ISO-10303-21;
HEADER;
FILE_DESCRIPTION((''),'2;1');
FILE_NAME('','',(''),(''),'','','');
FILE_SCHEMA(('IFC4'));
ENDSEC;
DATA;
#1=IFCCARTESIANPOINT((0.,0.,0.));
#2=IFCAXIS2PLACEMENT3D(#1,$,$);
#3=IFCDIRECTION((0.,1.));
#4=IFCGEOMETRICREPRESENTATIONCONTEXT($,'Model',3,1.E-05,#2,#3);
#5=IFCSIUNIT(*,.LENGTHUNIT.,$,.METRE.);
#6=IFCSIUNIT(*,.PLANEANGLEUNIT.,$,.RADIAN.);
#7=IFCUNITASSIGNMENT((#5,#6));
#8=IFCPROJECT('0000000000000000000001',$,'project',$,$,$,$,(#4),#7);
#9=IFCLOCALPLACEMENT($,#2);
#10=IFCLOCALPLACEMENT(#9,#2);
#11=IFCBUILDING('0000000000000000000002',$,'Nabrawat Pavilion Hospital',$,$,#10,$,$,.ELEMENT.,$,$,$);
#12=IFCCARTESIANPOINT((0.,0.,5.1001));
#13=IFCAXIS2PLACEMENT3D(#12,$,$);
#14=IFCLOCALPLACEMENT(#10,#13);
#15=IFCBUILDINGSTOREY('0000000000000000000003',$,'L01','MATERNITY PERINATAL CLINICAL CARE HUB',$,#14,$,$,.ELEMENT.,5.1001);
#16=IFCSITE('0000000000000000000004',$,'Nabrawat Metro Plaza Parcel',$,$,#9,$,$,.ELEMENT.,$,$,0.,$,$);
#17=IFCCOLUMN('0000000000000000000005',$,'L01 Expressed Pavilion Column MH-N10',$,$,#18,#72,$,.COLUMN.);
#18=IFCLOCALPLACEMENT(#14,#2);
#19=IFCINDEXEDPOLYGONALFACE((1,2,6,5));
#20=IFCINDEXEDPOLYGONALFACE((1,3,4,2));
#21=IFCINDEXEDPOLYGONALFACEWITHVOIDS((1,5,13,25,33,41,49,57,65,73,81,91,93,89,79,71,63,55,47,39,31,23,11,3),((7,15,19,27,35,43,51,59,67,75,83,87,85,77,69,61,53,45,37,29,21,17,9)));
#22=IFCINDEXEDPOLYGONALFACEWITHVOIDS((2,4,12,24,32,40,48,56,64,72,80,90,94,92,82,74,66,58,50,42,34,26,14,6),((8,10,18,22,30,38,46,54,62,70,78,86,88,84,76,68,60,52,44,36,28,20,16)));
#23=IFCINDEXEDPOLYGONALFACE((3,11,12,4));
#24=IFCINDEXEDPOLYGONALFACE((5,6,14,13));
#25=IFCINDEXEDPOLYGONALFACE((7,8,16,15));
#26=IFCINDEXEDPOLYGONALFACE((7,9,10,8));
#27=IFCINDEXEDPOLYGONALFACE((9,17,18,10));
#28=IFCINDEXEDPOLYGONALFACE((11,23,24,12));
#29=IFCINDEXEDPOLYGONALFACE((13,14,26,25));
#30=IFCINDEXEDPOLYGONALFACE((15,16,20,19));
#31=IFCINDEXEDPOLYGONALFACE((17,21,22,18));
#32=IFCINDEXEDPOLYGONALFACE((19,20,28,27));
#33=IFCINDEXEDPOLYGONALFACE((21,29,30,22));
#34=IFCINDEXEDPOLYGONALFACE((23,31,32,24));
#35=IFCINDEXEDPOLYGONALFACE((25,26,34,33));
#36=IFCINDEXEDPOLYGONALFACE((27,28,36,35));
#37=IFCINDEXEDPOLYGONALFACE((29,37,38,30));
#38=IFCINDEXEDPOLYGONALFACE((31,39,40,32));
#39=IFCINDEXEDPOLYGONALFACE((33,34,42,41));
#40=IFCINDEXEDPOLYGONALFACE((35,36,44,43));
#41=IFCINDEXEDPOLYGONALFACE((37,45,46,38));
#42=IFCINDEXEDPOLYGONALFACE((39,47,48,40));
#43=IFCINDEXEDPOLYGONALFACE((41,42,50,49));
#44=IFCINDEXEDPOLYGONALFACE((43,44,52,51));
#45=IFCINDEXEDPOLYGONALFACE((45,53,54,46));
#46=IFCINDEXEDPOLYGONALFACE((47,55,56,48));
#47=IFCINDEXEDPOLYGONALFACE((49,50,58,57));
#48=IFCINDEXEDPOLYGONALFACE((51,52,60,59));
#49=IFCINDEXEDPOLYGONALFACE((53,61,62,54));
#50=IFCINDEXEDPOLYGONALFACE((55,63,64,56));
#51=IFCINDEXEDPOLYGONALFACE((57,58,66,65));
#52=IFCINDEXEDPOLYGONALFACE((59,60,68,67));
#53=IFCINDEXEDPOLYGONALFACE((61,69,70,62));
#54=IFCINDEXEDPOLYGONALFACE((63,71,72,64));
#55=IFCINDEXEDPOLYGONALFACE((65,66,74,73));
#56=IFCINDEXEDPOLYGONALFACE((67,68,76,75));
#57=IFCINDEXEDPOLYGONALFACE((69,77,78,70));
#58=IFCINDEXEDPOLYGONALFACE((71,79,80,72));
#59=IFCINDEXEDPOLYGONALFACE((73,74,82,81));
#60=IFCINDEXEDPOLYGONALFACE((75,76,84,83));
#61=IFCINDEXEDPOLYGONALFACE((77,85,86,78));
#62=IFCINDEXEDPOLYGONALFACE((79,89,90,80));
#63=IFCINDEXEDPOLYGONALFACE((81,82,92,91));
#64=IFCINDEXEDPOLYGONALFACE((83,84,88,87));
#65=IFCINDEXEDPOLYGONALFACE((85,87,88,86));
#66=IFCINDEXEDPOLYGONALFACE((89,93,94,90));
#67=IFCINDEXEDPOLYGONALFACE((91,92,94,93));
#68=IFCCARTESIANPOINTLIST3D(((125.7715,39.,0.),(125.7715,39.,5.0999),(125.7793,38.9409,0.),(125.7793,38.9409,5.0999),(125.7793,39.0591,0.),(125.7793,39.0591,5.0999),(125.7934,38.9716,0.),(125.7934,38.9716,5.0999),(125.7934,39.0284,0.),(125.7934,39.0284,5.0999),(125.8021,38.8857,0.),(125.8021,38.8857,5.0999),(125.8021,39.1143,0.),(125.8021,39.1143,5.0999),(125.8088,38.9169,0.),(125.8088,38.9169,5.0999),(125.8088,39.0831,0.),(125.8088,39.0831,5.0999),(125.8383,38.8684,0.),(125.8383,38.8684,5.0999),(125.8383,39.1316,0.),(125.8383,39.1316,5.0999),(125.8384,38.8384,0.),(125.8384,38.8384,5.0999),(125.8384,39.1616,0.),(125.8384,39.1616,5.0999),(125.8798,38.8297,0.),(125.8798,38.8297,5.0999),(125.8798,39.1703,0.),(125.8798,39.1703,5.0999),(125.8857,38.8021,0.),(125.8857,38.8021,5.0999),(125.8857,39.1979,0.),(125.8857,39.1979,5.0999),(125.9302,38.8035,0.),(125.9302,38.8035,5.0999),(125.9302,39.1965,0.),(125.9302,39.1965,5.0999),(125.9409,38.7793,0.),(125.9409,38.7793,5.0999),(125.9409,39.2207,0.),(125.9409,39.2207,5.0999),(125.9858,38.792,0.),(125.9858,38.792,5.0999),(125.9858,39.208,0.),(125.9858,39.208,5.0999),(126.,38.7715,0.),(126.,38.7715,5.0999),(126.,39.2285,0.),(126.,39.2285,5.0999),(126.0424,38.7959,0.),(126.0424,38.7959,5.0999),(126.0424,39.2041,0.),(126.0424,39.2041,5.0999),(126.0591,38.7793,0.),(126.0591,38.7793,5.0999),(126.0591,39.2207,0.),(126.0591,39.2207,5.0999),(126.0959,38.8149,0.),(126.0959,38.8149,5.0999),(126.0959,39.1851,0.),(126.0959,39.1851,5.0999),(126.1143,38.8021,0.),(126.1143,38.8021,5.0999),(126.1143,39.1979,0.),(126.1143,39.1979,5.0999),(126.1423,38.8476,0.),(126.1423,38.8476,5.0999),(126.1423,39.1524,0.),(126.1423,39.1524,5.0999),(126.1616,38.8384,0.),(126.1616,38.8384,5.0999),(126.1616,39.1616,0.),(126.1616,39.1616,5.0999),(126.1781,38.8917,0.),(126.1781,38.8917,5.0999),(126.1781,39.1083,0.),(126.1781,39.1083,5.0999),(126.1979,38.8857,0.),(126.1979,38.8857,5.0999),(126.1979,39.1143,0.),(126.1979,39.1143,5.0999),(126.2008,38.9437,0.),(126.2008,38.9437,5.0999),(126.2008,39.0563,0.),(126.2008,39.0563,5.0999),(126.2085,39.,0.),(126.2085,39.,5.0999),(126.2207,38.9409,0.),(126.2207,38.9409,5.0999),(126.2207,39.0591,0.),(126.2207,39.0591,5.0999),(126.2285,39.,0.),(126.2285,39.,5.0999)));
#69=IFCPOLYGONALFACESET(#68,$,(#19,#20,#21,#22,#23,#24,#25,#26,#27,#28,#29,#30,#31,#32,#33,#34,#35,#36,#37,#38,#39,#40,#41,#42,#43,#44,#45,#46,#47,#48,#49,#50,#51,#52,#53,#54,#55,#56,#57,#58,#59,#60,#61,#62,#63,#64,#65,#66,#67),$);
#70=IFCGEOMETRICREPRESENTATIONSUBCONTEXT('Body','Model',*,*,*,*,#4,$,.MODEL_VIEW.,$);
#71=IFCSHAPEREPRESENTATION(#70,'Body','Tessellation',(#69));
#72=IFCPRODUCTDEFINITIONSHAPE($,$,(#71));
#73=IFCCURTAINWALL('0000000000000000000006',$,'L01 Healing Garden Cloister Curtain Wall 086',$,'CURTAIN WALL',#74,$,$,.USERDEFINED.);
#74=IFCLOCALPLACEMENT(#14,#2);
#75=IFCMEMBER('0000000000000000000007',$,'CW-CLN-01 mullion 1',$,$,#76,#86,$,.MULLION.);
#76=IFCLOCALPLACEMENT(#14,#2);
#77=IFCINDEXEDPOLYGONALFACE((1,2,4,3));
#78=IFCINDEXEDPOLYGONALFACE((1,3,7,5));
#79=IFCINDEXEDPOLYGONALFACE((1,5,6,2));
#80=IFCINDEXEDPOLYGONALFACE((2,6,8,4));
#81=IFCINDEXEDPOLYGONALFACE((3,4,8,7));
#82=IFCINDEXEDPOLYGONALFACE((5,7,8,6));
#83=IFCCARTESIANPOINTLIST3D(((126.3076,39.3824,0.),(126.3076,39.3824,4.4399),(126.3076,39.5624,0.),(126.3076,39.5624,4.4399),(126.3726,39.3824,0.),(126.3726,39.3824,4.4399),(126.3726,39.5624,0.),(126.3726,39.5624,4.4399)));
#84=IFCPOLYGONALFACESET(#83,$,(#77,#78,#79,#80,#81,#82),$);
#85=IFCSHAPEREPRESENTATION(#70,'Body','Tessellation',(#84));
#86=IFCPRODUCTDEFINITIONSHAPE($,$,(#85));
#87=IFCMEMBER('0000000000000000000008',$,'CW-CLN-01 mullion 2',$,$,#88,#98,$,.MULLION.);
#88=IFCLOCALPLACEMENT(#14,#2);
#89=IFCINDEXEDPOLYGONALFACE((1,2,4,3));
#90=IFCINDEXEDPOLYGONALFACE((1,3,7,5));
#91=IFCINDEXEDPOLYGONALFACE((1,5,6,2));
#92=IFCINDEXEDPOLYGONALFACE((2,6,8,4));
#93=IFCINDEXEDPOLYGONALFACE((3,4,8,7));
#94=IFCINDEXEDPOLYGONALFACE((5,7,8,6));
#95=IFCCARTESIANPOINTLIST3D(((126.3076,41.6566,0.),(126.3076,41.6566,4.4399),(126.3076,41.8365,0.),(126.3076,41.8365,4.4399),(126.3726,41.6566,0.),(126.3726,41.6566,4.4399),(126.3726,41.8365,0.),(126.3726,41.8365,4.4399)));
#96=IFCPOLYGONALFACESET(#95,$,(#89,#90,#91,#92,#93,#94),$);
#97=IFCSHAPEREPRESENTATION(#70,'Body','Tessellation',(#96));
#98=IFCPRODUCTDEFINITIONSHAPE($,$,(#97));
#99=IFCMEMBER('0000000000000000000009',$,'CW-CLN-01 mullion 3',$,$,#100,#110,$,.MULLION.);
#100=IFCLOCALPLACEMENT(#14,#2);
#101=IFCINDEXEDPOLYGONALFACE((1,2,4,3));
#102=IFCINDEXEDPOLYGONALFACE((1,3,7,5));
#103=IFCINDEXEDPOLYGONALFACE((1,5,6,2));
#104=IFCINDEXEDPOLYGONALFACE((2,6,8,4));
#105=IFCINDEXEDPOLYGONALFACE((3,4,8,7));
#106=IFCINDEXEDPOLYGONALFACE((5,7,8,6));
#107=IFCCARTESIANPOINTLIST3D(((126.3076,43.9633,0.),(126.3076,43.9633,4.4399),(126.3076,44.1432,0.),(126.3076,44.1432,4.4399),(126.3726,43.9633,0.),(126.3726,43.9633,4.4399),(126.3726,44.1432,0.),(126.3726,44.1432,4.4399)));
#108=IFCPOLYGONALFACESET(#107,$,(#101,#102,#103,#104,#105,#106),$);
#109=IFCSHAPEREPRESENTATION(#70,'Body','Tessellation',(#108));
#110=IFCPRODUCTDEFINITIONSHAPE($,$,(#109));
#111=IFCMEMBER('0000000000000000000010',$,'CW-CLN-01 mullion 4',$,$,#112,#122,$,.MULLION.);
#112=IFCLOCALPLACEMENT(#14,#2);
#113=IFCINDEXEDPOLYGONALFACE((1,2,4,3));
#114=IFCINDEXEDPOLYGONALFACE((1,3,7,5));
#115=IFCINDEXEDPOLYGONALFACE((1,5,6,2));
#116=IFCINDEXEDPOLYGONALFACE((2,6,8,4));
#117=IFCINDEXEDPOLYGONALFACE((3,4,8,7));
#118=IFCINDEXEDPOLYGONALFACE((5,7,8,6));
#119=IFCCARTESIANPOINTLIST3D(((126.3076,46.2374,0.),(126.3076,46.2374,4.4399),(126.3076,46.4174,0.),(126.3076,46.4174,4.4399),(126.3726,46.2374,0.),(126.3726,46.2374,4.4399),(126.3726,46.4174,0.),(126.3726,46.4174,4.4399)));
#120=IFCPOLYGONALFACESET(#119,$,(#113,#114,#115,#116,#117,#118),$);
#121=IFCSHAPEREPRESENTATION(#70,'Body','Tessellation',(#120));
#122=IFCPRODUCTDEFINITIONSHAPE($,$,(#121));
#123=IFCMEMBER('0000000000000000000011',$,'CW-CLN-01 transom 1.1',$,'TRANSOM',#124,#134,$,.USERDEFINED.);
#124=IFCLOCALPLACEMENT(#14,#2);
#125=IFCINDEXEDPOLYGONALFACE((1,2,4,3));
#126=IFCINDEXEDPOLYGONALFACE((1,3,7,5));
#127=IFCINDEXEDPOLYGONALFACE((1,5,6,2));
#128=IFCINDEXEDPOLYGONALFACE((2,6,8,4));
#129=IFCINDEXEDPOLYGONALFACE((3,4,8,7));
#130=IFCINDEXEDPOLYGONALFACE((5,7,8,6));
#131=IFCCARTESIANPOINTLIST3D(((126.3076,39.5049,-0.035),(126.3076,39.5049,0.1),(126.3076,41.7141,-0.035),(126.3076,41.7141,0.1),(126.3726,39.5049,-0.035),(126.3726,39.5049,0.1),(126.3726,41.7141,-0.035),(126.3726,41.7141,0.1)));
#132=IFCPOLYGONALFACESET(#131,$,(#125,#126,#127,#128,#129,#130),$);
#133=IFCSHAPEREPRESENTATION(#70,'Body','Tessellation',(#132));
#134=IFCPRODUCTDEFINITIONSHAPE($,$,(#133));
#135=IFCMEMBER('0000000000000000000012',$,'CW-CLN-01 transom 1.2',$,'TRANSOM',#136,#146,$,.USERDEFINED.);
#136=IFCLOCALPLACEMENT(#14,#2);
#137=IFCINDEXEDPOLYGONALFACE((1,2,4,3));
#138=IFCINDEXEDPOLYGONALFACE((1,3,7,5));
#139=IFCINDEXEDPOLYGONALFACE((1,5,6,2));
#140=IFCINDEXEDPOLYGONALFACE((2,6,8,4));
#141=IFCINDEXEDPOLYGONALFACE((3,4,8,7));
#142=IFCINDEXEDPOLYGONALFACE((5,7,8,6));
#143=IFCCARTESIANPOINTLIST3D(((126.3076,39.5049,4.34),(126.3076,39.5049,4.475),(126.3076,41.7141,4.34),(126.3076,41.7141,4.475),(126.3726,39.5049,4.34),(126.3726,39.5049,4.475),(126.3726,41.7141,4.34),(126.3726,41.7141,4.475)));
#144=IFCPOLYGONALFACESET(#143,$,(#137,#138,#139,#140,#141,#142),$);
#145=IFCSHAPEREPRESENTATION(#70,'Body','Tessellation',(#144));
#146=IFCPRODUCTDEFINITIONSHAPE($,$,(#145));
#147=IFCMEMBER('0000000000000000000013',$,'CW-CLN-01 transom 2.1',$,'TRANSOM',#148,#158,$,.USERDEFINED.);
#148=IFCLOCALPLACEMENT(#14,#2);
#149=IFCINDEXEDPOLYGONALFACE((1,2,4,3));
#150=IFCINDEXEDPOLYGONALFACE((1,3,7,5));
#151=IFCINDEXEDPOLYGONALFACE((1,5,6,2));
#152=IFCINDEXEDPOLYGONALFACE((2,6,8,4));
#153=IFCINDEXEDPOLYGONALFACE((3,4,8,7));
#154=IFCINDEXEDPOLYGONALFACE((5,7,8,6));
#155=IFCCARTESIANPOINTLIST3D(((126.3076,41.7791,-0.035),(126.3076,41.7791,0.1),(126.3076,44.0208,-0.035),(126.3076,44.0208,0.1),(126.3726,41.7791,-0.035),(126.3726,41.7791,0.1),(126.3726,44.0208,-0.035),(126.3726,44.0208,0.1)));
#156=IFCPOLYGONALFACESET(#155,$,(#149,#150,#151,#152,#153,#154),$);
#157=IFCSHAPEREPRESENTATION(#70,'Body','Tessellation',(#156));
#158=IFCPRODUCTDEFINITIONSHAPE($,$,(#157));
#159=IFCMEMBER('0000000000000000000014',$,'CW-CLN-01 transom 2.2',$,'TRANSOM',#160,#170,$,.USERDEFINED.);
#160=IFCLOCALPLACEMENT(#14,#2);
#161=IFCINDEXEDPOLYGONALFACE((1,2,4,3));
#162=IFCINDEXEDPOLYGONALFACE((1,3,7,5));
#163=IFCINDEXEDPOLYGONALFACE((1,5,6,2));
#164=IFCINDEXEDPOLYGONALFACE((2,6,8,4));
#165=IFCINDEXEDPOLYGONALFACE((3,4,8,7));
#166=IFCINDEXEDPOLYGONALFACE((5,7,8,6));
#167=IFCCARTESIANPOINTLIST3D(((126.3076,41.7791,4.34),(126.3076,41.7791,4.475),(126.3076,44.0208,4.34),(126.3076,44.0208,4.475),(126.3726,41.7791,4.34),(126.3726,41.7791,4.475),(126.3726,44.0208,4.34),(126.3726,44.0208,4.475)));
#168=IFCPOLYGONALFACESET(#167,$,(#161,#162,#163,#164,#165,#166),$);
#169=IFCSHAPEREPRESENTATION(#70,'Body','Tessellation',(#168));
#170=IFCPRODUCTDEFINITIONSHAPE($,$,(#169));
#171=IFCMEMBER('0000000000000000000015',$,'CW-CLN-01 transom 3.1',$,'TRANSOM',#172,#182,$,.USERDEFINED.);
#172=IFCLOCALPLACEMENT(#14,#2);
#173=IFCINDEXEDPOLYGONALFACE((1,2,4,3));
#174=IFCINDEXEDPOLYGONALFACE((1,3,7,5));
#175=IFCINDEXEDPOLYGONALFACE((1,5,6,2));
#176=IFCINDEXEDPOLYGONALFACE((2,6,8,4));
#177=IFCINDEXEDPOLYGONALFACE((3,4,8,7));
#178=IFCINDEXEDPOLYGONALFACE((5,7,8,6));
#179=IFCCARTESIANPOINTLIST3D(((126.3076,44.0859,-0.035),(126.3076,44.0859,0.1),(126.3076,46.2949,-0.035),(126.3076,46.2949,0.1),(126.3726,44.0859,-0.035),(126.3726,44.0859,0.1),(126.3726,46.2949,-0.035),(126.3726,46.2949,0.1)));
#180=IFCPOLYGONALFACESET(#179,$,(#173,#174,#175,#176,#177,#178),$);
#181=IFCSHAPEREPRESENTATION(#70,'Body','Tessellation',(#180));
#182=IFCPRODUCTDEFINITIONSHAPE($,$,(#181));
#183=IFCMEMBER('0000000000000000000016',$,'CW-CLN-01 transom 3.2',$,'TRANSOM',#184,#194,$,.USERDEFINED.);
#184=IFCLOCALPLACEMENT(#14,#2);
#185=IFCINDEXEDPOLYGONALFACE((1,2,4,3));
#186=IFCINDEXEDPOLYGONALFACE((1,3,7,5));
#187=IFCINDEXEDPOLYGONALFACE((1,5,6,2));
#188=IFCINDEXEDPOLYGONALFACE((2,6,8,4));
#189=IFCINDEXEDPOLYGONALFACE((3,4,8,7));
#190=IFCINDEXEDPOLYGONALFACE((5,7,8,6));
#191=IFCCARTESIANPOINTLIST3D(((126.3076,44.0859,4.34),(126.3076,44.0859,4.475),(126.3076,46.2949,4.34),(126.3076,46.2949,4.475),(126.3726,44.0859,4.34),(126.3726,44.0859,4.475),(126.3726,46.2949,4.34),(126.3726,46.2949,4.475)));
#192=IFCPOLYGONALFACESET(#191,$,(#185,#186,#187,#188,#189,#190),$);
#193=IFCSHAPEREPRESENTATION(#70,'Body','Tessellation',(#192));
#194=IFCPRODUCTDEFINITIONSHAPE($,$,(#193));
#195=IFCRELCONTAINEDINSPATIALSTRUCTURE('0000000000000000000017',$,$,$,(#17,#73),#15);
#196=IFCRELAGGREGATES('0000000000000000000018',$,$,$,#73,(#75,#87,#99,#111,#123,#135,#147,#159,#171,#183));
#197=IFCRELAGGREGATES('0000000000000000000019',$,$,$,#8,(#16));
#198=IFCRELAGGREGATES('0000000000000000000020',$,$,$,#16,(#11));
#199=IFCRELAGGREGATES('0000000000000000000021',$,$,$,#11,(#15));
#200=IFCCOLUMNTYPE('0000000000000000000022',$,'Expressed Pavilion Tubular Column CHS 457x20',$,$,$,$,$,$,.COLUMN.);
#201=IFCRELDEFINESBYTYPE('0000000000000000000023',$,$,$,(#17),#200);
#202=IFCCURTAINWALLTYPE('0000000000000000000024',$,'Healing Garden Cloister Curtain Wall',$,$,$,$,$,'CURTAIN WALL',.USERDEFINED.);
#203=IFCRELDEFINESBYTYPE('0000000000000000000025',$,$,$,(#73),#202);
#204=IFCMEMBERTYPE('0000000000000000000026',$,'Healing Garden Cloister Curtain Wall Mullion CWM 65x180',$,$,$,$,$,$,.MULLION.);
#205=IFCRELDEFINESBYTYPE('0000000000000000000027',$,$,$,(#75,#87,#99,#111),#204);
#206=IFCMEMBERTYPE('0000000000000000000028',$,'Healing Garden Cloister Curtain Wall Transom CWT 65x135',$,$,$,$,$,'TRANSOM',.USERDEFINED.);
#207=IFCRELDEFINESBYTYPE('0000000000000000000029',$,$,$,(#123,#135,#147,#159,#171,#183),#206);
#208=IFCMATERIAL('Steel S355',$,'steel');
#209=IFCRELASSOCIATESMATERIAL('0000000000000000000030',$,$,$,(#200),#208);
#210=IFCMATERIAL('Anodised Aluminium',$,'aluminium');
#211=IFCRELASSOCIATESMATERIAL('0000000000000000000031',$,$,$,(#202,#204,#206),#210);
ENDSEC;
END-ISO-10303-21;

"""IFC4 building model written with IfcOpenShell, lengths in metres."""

from ifc_helpers import new_model, si_unit, direction, frame, origin, origin_2d, place, context, subcontext, project, spatial, rectangle, hollow_circle, extrude, material, material_profile, profile_set, type_object, element, aggregate, save


model = new_model("IFC4")

# Units and contexts
model_context = context("Model", 3, precision=1e-05, world=origin(), true_north=direction((0.0, 1.0)))
body_context = subcontext(model_context, "Body", "Model", "MODEL_VIEW")
ifc_project = project(units=[si_unit("LENGTHUNIT", "METRE"), si_unit("PLANEANGLEUNIT", "RADIAN")], contexts=[model_context])

# Site, building, storey
site_placement = place(None, origin())
site = spatial("IfcSite", under=ifc_project, at=site_placement, Name="Nabrawat Metro Plaza Parcel", CompositionType="ELEMENT", RefElevation=0.0)
building_placement = place(site_placement, origin())
building = spatial("IfcBuilding", under=site, at=building_placement, Name="Nabrawat Pavilion Hospital", CompositionType="ELEMENT")
storey_placement = place(building_placement, frame((0.0, 0.0, 5.1001)))
storey = spatial("IfcBuildingStorey", under=building, at=storey_placement, Name="L01", Description="MATERNITY PERINATAL CLINICAL CARE HUB", CompositionType="ELEMENT", Elevation=5.1001)

# Column
ifc_material_1 = material(Name="Steel S355", Category="steel")
ifc_material_profile_1 = material_profile(ifc_material_1, hollow_circle(Radius=0.2285, WallThickness=0.02, at=origin_2d()), Name="CHS 457x20")
ifc_profile_set_1 = profile_set([ifc_material_profile_1], Name="Steel S355")
column_type_1 = type_object("IfcColumnType", Name="Expressed Pavilion Tubular Column CHS 457x20", PredefinedType="COLUMN", material=ifc_profile_set_1)
for number, where, z_axis, x_axis, name in (
    (1, (126.0, 39.0, 0.0), (0.0, 0.0, 1.0), (1.0, 0.0, 0.0), "L01 Expressed Pavilion Column MH-N10"),
):
    element("IfcColumn", number, at=place(storey_placement, frame(where, z_axis=z_axis, x_axis=x_axis)), inside=storey, type_object=column_type_1, Name=name, PredefinedType="COLUMN", context=body_context, shape_type="SweptSolid", body=[
        extrude(hollow_circle(Radius=0.2285, WallThickness=0.02, at=origin_2d()), origin(), (0.0, 0.0, 1.0), 5.0999),
    ])

# Curtain wall, members
ifc_material_2 = material(Name="Anodised Aluminium", Category="aluminium")
curtain_wall_type_1 = type_object("IfcCurtainWallType", Name="Healing Garden Cloister Curtain Wall", ElementType="CURTAIN WALL", PredefinedType="USERDEFINED", material=ifc_material_2)
curtain_wall_1_placement = place(storey_placement, origin())
curtain_wall_1 = element("IfcCurtainWall", 2, at=curtain_wall_1_placement, inside=storey, type_object=curtain_wall_type_1, Name="L01 Healing Garden Cloister Curtain Wall 086", ObjectType="CURTAIN WALL", PredefinedType="USERDEFINED")
ifc_material_profile_2 = material_profile(ifc_material_2, rectangle(XDim=0.0649, YDim=0.1799, at=origin_2d()), Name="CWM 65x180")
ifc_profile_set_2 = profile_set([ifc_material_profile_2], Name="Anodised Aluminium")
member_type_1 = type_object("IfcMemberType", Name="Healing Garden Cloister Curtain Wall Mullion CWM 65x180", PredefinedType="MULLION", material=ifc_profile_set_2)
member_1_placement = place(storey_placement, frame((126.3401, 39.4724, 0.0), z_axis=(0.0, 0.0, 1.0), x_axis=(-1.0, 0.0, 0.0)))
member_1 = element("IfcMember", 3, at=member_1_placement, type_object=member_type_1, Name="CW-CLN-01 mullion 1", PredefinedType="MULLION", context=body_context, shape_type="SweptSolid", body=[
    extrude(rectangle(XDim=0.0649, YDim=0.1799, at=origin_2d()), origin(), (0.0, 0.0, 1.0), 4.4399),
])
member_2_placement = place(storey_placement, frame((126.3401, 41.7466, 0.0), z_axis=(0.0, 0.0, 1.0), x_axis=(-1.0, 0.0, 0.0)))
member_2 = element("IfcMember", 4, at=member_2_placement, type_object=member_type_1, Name="CW-CLN-01 mullion 2", PredefinedType="MULLION", context=body_context, shape_type="SweptSolid", body=[
    extrude(rectangle(XDim=0.0649, YDim=0.1799, at=origin_2d()), origin(), (0.0, 0.0, 1.0), 4.4399),
])
member_3_placement = place(storey_placement, frame((126.3401, 44.0532, 0.0), z_axis=(0.0, 0.0, 1.0), x_axis=(-1.0, 0.0, 0.0)))
member_3 = element("IfcMember", 5, at=member_3_placement, type_object=member_type_1, Name="CW-CLN-01 mullion 3", PredefinedType="MULLION", context=body_context, shape_type="SweptSolid", body=[
    extrude(rectangle(XDim=0.0649, YDim=0.1799, at=origin_2d()), origin(), (0.0, 0.0, 1.0), 4.4399),
])
member_4_placement = place(storey_placement, frame((126.3401, 46.3274, 0.0), z_axis=(0.0, 0.0, 1.0), x_axis=(-1.0, 0.0, 0.0)))
member_4 = element("IfcMember", 6, at=member_4_placement, type_object=member_type_1, Name="CW-CLN-01 mullion 4", PredefinedType="MULLION", context=body_context, shape_type="SweptSolid", body=[
    extrude(rectangle(XDim=0.0649, YDim=0.1799, at=origin_2d()), origin(), (0.0, 0.0, 1.0), 4.4399),
])
ifc_material_profile_3 = material_profile(ifc_material_2, rectangle(XDim=0.0649, YDim=0.135, at=origin_2d()), Name="CWT 65x135")
ifc_profile_set_3 = profile_set([ifc_material_profile_3], Name="Anodised Aluminium")
member_type_2 = type_object("IfcMemberType", Name="Healing Garden Cloister Curtain Wall Transom CWT 65x135", ElementType="TRANSOM", PredefinedType="USERDEFINED", material=ifc_profile_set_3)
member_5_placement = place(storey_placement, frame((126.3401, 39.5049, 0.0325), z_axis=(0.0, 1.0, 0.0), x_axis=(-1.0, 0.0, 0.0)))
member_5 = element("IfcMember", 7, at=member_5_placement, type_object=member_type_2, Name="CW-CLN-01 transom 1.1", ObjectType="TRANSOM", PredefinedType="USERDEFINED", context=body_context, shape_type="SweptSolid", body=[
    extrude(rectangle(XDim=0.0649, YDim=0.135, at=origin_2d()), origin(), (0.0, 0.0, 1.0), 2.2092),
])
member_6_placement = place(storey_placement, frame((126.3401, 39.5049, 4.4075), z_axis=(0.0, 1.0, 0.0), x_axis=(-1.0, 0.0, 0.0)))
member_6 = element("IfcMember", 8, at=member_6_placement, type_object=member_type_2, Name="CW-CLN-01 transom 1.2", ObjectType="TRANSOM", PredefinedType="USERDEFINED", context=body_context, shape_type="SweptSolid", body=[
    extrude(rectangle(XDim=0.0649, YDim=0.135, at=origin_2d()), origin(), (0.0, 0.0, 1.0), 2.2092),
])
member_7_placement = place(storey_placement, frame((126.3401, 41.7791, 0.0325), z_axis=(0.0, 1.0, 0.0), x_axis=(-1.0, 0.0, 0.0)))
member_7 = element("IfcMember", 9, at=member_7_placement, type_object=member_type_2, Name="CW-CLN-01 transom 2.1", ObjectType="TRANSOM", PredefinedType="USERDEFINED", context=body_context, shape_type="SweptSolid", body=[
    extrude(rectangle(XDim=0.0649, YDim=0.135, at=origin_2d()), origin(), (0.0, 0.0, 1.0), 2.2417),
])
member_8_placement = place(storey_placement, frame((126.3401, 41.7791, 4.4075), z_axis=(0.0, 1.0, 0.0), x_axis=(-1.0, 0.0, 0.0)))
member_8 = element("IfcMember", 10, at=member_8_placement, type_object=member_type_2, Name="CW-CLN-01 transom 2.2", ObjectType="TRANSOM", PredefinedType="USERDEFINED", context=body_context, shape_type="SweptSolid", body=[
    extrude(rectangle(XDim=0.0649, YDim=0.135, at=origin_2d()), origin(), (0.0, 0.0, 1.0), 2.2417),
])
member_9_placement = place(storey_placement, frame((126.3401, 44.0859, 0.0325), z_axis=(0.0, 1.0, 0.0), x_axis=(-1.0, 0.0, 0.0)))
member_9 = element("IfcMember", 11, at=member_9_placement, type_object=member_type_2, Name="CW-CLN-01 transom 3.1", ObjectType="TRANSOM", PredefinedType="USERDEFINED", context=body_context, shape_type="SweptSolid", body=[
    extrude(rectangle(XDim=0.0649, YDim=0.135, at=origin_2d()), origin(), (0.0, 0.0, 1.0), 2.209),
])
member_10_placement = place(storey_placement, frame((126.3401, 44.0859, 4.4075), z_axis=(0.0, 1.0, 0.0), x_axis=(-1.0, 0.0, 0.0)))
member_10 = element("IfcMember", 12, at=member_10_placement, type_object=member_type_2, Name="CW-CLN-01 transom 3.2", ObjectType="TRANSOM", PredefinedType="USERDEFINED", context=body_context, shape_type="SweptSolid", body=[
    extrude(rectangle(XDim=0.0649, YDim=0.135, at=origin_2d()), origin(), (0.0, 0.0, 1.0), 2.209),
])

aggregate(curtain_wall_1, [member_1, member_2, member_3, member_4, member_5, member_6, member_7, member_8, member_9, member_10])

save(model, "model.ifc")
